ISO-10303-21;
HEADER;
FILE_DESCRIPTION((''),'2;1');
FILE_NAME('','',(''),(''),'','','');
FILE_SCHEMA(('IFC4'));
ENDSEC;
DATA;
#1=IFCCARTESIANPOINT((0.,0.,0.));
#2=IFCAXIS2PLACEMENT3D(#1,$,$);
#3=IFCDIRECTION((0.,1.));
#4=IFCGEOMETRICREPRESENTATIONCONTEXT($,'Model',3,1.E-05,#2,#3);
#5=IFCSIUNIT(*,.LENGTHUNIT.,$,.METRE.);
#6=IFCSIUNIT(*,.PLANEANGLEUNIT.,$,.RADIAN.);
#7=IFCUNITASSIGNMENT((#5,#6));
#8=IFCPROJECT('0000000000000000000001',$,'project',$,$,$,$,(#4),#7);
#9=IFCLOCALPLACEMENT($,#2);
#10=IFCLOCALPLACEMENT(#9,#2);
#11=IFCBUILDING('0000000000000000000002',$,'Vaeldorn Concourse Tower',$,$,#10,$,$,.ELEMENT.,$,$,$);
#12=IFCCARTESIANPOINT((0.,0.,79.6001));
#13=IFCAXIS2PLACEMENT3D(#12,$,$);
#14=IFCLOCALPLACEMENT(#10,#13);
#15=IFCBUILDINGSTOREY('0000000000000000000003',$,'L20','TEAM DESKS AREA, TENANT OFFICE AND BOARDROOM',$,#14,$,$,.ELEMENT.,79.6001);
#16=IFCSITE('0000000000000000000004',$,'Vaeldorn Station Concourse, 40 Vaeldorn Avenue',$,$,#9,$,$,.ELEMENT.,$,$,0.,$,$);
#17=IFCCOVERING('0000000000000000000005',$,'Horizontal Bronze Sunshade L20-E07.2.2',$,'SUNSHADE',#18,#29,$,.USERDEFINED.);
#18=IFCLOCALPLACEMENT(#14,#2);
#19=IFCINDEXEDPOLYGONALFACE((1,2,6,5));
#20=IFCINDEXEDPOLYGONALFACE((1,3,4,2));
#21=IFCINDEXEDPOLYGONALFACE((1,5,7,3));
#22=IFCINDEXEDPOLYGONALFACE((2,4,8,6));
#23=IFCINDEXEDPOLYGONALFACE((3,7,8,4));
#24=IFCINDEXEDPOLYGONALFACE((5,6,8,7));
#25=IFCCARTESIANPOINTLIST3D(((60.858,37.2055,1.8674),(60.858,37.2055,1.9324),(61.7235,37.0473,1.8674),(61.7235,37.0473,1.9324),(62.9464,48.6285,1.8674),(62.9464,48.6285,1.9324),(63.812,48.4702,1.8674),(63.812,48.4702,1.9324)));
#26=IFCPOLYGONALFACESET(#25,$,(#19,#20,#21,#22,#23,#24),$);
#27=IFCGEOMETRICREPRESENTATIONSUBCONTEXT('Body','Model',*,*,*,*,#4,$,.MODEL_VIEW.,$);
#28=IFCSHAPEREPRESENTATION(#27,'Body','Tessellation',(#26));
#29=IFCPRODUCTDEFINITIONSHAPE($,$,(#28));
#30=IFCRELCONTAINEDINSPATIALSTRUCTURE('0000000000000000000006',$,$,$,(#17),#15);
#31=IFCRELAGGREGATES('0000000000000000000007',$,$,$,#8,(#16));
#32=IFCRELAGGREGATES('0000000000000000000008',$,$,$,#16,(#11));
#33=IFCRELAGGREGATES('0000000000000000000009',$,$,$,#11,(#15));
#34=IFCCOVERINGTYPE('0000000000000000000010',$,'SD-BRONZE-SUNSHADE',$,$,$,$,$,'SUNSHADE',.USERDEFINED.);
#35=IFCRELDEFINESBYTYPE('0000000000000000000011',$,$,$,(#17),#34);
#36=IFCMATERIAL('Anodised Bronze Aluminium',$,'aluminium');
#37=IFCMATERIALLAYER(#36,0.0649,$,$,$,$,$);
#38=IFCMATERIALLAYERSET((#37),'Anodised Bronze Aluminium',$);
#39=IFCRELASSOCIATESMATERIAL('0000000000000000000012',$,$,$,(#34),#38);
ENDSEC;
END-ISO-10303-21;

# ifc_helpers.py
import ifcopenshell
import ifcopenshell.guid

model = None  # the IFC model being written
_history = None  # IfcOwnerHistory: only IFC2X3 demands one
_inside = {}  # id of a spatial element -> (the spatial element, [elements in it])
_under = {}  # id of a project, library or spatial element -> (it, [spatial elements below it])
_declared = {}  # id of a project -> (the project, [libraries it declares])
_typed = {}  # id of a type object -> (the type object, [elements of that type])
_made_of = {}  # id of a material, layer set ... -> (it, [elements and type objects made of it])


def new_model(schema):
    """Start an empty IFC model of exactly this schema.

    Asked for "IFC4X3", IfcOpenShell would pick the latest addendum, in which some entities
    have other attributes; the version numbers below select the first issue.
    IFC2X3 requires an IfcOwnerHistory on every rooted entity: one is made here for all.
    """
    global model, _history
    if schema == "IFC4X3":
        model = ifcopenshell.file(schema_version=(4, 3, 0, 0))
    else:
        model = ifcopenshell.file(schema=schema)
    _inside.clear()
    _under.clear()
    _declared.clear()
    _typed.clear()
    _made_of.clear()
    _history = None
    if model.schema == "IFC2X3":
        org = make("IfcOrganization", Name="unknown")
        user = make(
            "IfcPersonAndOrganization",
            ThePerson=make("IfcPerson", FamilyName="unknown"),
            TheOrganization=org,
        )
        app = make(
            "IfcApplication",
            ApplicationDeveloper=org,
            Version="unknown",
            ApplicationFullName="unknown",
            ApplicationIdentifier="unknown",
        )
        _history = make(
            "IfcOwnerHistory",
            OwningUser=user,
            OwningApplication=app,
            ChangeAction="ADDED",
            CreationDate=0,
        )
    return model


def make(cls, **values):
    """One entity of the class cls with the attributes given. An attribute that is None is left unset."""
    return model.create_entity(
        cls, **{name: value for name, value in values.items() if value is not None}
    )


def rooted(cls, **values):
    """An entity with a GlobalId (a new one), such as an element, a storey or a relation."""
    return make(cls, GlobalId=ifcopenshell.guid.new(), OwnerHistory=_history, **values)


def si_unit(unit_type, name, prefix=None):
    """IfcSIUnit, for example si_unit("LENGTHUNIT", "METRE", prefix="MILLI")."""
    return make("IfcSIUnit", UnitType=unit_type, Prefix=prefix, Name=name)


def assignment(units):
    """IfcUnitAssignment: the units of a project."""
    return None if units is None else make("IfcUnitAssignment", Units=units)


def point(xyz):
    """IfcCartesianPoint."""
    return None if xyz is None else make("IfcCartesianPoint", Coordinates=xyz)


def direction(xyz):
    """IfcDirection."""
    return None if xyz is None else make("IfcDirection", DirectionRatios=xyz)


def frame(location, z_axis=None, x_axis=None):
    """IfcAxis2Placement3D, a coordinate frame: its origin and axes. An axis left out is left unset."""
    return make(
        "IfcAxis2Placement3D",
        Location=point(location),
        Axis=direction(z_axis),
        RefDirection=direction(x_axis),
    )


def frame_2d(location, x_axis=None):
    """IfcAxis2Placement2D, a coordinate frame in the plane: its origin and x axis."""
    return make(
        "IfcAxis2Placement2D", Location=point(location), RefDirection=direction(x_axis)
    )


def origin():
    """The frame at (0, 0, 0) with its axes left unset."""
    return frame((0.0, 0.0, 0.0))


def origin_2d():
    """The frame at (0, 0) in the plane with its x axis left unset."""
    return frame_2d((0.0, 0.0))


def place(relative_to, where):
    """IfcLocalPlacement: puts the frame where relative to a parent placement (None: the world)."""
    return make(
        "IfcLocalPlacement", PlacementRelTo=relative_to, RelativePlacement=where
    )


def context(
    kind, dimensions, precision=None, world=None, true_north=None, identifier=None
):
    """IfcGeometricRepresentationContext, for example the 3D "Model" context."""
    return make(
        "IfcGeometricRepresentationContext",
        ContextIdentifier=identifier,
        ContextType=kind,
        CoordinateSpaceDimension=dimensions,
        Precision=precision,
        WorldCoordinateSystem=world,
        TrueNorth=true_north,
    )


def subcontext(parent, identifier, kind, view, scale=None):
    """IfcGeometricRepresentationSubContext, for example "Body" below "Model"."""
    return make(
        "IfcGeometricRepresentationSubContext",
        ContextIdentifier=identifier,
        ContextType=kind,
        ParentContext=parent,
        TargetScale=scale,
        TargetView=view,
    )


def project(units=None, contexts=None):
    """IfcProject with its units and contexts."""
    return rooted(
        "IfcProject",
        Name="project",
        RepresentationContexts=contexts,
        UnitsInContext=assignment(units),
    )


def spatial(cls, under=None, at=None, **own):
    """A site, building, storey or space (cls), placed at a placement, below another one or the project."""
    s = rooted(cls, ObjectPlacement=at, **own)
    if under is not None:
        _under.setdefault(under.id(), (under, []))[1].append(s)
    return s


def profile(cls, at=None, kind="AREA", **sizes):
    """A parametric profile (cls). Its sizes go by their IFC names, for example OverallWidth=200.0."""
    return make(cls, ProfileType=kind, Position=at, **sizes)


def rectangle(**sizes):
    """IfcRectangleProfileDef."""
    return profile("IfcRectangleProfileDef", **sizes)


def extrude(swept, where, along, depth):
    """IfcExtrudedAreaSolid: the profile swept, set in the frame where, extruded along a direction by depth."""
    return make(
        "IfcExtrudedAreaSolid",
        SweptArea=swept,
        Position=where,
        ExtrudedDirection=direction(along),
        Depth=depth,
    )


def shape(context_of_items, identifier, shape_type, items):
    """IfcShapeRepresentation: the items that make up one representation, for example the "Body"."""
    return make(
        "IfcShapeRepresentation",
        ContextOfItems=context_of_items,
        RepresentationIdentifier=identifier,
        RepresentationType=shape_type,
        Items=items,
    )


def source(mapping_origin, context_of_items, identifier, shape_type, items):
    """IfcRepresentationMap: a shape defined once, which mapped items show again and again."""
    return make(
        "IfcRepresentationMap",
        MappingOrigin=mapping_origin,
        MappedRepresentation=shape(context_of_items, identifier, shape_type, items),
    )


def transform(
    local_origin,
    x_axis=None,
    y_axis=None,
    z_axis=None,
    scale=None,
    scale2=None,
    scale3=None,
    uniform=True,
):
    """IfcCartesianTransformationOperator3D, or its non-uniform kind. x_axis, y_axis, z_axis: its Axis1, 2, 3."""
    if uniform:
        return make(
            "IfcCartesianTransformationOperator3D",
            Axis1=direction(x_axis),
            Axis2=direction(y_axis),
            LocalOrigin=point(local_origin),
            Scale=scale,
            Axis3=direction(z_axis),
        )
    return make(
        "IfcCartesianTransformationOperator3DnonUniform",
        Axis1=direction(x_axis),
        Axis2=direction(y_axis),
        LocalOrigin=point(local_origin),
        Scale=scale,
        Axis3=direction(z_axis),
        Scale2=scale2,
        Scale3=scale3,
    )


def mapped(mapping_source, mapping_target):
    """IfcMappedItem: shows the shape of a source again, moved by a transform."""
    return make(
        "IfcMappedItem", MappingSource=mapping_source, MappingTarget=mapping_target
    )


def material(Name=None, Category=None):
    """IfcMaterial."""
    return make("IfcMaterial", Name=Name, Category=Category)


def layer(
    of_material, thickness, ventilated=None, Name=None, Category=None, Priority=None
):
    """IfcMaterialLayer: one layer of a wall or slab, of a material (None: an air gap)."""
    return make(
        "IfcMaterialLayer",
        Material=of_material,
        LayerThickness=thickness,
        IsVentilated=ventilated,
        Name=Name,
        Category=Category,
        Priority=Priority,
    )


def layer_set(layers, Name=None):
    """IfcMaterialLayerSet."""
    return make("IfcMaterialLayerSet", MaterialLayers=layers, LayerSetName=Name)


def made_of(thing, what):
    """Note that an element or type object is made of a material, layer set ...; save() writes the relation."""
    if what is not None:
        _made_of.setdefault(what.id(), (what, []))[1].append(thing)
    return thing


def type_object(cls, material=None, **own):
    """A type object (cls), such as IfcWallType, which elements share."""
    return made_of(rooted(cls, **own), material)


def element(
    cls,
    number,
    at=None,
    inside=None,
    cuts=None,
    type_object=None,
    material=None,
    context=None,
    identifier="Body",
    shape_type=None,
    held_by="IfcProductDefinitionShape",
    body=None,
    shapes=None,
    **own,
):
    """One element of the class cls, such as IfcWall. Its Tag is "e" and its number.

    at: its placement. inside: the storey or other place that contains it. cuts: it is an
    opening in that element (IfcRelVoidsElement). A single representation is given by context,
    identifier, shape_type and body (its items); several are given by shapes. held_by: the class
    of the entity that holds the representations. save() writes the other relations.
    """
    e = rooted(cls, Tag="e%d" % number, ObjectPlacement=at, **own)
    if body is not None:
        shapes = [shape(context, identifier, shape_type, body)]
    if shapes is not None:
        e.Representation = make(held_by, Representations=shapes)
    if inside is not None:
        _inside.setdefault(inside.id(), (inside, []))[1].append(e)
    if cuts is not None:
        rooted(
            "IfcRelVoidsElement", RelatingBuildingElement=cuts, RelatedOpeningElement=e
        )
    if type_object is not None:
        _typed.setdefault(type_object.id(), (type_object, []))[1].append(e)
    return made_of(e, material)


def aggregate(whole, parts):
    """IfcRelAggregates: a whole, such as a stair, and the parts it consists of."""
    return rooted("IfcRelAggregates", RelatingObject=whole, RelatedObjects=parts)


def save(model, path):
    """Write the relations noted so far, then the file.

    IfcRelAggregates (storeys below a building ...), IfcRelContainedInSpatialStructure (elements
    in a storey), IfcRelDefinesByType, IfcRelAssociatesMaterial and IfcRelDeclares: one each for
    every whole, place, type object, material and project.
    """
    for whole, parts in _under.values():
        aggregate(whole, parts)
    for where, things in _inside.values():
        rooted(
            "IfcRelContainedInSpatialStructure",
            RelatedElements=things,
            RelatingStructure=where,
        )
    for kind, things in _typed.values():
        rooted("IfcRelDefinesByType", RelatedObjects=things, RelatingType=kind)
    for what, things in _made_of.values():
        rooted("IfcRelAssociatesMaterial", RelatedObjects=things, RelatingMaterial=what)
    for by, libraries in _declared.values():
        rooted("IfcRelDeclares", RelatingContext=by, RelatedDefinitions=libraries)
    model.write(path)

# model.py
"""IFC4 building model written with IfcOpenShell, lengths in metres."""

from ifc_helpers import new_model, si_unit, direction, frame, origin, origin_2d, place, context, subcontext, project, spatial, rectangle, extrude, source, transform, mapped, material, layer, layer_set, type_object, element, save


model = new_model("IFC4")

# Units and contexts
model_context = context("Model", 3, precision=1e-05, world=origin(), true_north=direction((0.0, 1.0)))
body_context = subcontext(model_context, "Body", "Model", "MODEL_VIEW")
ifc_project = project(units=[si_unit("LENGTHUNIT", "METRE"), si_unit("PLANEANGLEUNIT", "RADIAN")], contexts=[model_context])

# Site, building, storey
site_placement = place(None, origin())
site = spatial("IfcSite", under=ifc_project, at=site_placement, Name="Vaeldorn Station Concourse, 40 Vaeldorn Avenue", CompositionType="ELEMENT", RefElevation=0.0)
building_placement = place(site_placement, origin())
building = spatial("IfcBuilding", under=site, at=building_placement, Name="Vaeldorn Concourse Tower", CompositionType="ELEMENT")
storey_placement = place(building_placement, frame((0.0, 0.0, 79.6001)))
storey = spatial("IfcBuildingStorey", under=building, at=storey_placement, Name="L20", Description="TEAM DESKS AREA, TENANT OFFICE AND BOARDROOM", CompositionType="ELEMENT", Elevation=79.6001)

# Shared definitions
ifc_material_1 = material(Name="Anodised Bronze Aluminium", Category="aluminium")

# Covering
ifc_layer_1 = layer(ifc_material_1, 0.0649)
ifc_layer_set_1 = layer_set([ifc_layer_1], Name="Anodised Bronze Aluminium")
covering_type = type_object("IfcCoveringType", Name="SD-BRONZE-SUNSHADE", ElementType="SUNSHADE", PredefinedType="USERDEFINED", material=ifc_layer_set_1)
shared_shape_1 = source(origin(), body_context, "Body", "SweptSolid", [
    extrude(rectangle(XDim=11.6123, YDim=0.8799, at=origin_2d()), origin(), (0.0, 0.0, 1.0), 0.0649),
])
for number, where, z_axis, x_axis, name in (
    (1, (62.335, 42.8379, 1.8674), (0.0, 0.0, 1.0), (0.17985, 0.983694, 0.0), "Horizontal Bronze Sunshade L20-E07.2.2"),
):
    element("IfcCovering", number, at=place(storey_placement, frame(where, z_axis=z_axis, x_axis=x_axis)), inside=storey, type_object=covering_type, Name=name, ObjectType="SUNSHADE", PredefinedType="USERDEFINED", context=body_context, shape_type="MappedRepresentation", body=[
        mapped(shared_shape_1, transform((0.0, 0.0, 0.0), scale=1.0)),
    ])

save(model, "model.ifc")
